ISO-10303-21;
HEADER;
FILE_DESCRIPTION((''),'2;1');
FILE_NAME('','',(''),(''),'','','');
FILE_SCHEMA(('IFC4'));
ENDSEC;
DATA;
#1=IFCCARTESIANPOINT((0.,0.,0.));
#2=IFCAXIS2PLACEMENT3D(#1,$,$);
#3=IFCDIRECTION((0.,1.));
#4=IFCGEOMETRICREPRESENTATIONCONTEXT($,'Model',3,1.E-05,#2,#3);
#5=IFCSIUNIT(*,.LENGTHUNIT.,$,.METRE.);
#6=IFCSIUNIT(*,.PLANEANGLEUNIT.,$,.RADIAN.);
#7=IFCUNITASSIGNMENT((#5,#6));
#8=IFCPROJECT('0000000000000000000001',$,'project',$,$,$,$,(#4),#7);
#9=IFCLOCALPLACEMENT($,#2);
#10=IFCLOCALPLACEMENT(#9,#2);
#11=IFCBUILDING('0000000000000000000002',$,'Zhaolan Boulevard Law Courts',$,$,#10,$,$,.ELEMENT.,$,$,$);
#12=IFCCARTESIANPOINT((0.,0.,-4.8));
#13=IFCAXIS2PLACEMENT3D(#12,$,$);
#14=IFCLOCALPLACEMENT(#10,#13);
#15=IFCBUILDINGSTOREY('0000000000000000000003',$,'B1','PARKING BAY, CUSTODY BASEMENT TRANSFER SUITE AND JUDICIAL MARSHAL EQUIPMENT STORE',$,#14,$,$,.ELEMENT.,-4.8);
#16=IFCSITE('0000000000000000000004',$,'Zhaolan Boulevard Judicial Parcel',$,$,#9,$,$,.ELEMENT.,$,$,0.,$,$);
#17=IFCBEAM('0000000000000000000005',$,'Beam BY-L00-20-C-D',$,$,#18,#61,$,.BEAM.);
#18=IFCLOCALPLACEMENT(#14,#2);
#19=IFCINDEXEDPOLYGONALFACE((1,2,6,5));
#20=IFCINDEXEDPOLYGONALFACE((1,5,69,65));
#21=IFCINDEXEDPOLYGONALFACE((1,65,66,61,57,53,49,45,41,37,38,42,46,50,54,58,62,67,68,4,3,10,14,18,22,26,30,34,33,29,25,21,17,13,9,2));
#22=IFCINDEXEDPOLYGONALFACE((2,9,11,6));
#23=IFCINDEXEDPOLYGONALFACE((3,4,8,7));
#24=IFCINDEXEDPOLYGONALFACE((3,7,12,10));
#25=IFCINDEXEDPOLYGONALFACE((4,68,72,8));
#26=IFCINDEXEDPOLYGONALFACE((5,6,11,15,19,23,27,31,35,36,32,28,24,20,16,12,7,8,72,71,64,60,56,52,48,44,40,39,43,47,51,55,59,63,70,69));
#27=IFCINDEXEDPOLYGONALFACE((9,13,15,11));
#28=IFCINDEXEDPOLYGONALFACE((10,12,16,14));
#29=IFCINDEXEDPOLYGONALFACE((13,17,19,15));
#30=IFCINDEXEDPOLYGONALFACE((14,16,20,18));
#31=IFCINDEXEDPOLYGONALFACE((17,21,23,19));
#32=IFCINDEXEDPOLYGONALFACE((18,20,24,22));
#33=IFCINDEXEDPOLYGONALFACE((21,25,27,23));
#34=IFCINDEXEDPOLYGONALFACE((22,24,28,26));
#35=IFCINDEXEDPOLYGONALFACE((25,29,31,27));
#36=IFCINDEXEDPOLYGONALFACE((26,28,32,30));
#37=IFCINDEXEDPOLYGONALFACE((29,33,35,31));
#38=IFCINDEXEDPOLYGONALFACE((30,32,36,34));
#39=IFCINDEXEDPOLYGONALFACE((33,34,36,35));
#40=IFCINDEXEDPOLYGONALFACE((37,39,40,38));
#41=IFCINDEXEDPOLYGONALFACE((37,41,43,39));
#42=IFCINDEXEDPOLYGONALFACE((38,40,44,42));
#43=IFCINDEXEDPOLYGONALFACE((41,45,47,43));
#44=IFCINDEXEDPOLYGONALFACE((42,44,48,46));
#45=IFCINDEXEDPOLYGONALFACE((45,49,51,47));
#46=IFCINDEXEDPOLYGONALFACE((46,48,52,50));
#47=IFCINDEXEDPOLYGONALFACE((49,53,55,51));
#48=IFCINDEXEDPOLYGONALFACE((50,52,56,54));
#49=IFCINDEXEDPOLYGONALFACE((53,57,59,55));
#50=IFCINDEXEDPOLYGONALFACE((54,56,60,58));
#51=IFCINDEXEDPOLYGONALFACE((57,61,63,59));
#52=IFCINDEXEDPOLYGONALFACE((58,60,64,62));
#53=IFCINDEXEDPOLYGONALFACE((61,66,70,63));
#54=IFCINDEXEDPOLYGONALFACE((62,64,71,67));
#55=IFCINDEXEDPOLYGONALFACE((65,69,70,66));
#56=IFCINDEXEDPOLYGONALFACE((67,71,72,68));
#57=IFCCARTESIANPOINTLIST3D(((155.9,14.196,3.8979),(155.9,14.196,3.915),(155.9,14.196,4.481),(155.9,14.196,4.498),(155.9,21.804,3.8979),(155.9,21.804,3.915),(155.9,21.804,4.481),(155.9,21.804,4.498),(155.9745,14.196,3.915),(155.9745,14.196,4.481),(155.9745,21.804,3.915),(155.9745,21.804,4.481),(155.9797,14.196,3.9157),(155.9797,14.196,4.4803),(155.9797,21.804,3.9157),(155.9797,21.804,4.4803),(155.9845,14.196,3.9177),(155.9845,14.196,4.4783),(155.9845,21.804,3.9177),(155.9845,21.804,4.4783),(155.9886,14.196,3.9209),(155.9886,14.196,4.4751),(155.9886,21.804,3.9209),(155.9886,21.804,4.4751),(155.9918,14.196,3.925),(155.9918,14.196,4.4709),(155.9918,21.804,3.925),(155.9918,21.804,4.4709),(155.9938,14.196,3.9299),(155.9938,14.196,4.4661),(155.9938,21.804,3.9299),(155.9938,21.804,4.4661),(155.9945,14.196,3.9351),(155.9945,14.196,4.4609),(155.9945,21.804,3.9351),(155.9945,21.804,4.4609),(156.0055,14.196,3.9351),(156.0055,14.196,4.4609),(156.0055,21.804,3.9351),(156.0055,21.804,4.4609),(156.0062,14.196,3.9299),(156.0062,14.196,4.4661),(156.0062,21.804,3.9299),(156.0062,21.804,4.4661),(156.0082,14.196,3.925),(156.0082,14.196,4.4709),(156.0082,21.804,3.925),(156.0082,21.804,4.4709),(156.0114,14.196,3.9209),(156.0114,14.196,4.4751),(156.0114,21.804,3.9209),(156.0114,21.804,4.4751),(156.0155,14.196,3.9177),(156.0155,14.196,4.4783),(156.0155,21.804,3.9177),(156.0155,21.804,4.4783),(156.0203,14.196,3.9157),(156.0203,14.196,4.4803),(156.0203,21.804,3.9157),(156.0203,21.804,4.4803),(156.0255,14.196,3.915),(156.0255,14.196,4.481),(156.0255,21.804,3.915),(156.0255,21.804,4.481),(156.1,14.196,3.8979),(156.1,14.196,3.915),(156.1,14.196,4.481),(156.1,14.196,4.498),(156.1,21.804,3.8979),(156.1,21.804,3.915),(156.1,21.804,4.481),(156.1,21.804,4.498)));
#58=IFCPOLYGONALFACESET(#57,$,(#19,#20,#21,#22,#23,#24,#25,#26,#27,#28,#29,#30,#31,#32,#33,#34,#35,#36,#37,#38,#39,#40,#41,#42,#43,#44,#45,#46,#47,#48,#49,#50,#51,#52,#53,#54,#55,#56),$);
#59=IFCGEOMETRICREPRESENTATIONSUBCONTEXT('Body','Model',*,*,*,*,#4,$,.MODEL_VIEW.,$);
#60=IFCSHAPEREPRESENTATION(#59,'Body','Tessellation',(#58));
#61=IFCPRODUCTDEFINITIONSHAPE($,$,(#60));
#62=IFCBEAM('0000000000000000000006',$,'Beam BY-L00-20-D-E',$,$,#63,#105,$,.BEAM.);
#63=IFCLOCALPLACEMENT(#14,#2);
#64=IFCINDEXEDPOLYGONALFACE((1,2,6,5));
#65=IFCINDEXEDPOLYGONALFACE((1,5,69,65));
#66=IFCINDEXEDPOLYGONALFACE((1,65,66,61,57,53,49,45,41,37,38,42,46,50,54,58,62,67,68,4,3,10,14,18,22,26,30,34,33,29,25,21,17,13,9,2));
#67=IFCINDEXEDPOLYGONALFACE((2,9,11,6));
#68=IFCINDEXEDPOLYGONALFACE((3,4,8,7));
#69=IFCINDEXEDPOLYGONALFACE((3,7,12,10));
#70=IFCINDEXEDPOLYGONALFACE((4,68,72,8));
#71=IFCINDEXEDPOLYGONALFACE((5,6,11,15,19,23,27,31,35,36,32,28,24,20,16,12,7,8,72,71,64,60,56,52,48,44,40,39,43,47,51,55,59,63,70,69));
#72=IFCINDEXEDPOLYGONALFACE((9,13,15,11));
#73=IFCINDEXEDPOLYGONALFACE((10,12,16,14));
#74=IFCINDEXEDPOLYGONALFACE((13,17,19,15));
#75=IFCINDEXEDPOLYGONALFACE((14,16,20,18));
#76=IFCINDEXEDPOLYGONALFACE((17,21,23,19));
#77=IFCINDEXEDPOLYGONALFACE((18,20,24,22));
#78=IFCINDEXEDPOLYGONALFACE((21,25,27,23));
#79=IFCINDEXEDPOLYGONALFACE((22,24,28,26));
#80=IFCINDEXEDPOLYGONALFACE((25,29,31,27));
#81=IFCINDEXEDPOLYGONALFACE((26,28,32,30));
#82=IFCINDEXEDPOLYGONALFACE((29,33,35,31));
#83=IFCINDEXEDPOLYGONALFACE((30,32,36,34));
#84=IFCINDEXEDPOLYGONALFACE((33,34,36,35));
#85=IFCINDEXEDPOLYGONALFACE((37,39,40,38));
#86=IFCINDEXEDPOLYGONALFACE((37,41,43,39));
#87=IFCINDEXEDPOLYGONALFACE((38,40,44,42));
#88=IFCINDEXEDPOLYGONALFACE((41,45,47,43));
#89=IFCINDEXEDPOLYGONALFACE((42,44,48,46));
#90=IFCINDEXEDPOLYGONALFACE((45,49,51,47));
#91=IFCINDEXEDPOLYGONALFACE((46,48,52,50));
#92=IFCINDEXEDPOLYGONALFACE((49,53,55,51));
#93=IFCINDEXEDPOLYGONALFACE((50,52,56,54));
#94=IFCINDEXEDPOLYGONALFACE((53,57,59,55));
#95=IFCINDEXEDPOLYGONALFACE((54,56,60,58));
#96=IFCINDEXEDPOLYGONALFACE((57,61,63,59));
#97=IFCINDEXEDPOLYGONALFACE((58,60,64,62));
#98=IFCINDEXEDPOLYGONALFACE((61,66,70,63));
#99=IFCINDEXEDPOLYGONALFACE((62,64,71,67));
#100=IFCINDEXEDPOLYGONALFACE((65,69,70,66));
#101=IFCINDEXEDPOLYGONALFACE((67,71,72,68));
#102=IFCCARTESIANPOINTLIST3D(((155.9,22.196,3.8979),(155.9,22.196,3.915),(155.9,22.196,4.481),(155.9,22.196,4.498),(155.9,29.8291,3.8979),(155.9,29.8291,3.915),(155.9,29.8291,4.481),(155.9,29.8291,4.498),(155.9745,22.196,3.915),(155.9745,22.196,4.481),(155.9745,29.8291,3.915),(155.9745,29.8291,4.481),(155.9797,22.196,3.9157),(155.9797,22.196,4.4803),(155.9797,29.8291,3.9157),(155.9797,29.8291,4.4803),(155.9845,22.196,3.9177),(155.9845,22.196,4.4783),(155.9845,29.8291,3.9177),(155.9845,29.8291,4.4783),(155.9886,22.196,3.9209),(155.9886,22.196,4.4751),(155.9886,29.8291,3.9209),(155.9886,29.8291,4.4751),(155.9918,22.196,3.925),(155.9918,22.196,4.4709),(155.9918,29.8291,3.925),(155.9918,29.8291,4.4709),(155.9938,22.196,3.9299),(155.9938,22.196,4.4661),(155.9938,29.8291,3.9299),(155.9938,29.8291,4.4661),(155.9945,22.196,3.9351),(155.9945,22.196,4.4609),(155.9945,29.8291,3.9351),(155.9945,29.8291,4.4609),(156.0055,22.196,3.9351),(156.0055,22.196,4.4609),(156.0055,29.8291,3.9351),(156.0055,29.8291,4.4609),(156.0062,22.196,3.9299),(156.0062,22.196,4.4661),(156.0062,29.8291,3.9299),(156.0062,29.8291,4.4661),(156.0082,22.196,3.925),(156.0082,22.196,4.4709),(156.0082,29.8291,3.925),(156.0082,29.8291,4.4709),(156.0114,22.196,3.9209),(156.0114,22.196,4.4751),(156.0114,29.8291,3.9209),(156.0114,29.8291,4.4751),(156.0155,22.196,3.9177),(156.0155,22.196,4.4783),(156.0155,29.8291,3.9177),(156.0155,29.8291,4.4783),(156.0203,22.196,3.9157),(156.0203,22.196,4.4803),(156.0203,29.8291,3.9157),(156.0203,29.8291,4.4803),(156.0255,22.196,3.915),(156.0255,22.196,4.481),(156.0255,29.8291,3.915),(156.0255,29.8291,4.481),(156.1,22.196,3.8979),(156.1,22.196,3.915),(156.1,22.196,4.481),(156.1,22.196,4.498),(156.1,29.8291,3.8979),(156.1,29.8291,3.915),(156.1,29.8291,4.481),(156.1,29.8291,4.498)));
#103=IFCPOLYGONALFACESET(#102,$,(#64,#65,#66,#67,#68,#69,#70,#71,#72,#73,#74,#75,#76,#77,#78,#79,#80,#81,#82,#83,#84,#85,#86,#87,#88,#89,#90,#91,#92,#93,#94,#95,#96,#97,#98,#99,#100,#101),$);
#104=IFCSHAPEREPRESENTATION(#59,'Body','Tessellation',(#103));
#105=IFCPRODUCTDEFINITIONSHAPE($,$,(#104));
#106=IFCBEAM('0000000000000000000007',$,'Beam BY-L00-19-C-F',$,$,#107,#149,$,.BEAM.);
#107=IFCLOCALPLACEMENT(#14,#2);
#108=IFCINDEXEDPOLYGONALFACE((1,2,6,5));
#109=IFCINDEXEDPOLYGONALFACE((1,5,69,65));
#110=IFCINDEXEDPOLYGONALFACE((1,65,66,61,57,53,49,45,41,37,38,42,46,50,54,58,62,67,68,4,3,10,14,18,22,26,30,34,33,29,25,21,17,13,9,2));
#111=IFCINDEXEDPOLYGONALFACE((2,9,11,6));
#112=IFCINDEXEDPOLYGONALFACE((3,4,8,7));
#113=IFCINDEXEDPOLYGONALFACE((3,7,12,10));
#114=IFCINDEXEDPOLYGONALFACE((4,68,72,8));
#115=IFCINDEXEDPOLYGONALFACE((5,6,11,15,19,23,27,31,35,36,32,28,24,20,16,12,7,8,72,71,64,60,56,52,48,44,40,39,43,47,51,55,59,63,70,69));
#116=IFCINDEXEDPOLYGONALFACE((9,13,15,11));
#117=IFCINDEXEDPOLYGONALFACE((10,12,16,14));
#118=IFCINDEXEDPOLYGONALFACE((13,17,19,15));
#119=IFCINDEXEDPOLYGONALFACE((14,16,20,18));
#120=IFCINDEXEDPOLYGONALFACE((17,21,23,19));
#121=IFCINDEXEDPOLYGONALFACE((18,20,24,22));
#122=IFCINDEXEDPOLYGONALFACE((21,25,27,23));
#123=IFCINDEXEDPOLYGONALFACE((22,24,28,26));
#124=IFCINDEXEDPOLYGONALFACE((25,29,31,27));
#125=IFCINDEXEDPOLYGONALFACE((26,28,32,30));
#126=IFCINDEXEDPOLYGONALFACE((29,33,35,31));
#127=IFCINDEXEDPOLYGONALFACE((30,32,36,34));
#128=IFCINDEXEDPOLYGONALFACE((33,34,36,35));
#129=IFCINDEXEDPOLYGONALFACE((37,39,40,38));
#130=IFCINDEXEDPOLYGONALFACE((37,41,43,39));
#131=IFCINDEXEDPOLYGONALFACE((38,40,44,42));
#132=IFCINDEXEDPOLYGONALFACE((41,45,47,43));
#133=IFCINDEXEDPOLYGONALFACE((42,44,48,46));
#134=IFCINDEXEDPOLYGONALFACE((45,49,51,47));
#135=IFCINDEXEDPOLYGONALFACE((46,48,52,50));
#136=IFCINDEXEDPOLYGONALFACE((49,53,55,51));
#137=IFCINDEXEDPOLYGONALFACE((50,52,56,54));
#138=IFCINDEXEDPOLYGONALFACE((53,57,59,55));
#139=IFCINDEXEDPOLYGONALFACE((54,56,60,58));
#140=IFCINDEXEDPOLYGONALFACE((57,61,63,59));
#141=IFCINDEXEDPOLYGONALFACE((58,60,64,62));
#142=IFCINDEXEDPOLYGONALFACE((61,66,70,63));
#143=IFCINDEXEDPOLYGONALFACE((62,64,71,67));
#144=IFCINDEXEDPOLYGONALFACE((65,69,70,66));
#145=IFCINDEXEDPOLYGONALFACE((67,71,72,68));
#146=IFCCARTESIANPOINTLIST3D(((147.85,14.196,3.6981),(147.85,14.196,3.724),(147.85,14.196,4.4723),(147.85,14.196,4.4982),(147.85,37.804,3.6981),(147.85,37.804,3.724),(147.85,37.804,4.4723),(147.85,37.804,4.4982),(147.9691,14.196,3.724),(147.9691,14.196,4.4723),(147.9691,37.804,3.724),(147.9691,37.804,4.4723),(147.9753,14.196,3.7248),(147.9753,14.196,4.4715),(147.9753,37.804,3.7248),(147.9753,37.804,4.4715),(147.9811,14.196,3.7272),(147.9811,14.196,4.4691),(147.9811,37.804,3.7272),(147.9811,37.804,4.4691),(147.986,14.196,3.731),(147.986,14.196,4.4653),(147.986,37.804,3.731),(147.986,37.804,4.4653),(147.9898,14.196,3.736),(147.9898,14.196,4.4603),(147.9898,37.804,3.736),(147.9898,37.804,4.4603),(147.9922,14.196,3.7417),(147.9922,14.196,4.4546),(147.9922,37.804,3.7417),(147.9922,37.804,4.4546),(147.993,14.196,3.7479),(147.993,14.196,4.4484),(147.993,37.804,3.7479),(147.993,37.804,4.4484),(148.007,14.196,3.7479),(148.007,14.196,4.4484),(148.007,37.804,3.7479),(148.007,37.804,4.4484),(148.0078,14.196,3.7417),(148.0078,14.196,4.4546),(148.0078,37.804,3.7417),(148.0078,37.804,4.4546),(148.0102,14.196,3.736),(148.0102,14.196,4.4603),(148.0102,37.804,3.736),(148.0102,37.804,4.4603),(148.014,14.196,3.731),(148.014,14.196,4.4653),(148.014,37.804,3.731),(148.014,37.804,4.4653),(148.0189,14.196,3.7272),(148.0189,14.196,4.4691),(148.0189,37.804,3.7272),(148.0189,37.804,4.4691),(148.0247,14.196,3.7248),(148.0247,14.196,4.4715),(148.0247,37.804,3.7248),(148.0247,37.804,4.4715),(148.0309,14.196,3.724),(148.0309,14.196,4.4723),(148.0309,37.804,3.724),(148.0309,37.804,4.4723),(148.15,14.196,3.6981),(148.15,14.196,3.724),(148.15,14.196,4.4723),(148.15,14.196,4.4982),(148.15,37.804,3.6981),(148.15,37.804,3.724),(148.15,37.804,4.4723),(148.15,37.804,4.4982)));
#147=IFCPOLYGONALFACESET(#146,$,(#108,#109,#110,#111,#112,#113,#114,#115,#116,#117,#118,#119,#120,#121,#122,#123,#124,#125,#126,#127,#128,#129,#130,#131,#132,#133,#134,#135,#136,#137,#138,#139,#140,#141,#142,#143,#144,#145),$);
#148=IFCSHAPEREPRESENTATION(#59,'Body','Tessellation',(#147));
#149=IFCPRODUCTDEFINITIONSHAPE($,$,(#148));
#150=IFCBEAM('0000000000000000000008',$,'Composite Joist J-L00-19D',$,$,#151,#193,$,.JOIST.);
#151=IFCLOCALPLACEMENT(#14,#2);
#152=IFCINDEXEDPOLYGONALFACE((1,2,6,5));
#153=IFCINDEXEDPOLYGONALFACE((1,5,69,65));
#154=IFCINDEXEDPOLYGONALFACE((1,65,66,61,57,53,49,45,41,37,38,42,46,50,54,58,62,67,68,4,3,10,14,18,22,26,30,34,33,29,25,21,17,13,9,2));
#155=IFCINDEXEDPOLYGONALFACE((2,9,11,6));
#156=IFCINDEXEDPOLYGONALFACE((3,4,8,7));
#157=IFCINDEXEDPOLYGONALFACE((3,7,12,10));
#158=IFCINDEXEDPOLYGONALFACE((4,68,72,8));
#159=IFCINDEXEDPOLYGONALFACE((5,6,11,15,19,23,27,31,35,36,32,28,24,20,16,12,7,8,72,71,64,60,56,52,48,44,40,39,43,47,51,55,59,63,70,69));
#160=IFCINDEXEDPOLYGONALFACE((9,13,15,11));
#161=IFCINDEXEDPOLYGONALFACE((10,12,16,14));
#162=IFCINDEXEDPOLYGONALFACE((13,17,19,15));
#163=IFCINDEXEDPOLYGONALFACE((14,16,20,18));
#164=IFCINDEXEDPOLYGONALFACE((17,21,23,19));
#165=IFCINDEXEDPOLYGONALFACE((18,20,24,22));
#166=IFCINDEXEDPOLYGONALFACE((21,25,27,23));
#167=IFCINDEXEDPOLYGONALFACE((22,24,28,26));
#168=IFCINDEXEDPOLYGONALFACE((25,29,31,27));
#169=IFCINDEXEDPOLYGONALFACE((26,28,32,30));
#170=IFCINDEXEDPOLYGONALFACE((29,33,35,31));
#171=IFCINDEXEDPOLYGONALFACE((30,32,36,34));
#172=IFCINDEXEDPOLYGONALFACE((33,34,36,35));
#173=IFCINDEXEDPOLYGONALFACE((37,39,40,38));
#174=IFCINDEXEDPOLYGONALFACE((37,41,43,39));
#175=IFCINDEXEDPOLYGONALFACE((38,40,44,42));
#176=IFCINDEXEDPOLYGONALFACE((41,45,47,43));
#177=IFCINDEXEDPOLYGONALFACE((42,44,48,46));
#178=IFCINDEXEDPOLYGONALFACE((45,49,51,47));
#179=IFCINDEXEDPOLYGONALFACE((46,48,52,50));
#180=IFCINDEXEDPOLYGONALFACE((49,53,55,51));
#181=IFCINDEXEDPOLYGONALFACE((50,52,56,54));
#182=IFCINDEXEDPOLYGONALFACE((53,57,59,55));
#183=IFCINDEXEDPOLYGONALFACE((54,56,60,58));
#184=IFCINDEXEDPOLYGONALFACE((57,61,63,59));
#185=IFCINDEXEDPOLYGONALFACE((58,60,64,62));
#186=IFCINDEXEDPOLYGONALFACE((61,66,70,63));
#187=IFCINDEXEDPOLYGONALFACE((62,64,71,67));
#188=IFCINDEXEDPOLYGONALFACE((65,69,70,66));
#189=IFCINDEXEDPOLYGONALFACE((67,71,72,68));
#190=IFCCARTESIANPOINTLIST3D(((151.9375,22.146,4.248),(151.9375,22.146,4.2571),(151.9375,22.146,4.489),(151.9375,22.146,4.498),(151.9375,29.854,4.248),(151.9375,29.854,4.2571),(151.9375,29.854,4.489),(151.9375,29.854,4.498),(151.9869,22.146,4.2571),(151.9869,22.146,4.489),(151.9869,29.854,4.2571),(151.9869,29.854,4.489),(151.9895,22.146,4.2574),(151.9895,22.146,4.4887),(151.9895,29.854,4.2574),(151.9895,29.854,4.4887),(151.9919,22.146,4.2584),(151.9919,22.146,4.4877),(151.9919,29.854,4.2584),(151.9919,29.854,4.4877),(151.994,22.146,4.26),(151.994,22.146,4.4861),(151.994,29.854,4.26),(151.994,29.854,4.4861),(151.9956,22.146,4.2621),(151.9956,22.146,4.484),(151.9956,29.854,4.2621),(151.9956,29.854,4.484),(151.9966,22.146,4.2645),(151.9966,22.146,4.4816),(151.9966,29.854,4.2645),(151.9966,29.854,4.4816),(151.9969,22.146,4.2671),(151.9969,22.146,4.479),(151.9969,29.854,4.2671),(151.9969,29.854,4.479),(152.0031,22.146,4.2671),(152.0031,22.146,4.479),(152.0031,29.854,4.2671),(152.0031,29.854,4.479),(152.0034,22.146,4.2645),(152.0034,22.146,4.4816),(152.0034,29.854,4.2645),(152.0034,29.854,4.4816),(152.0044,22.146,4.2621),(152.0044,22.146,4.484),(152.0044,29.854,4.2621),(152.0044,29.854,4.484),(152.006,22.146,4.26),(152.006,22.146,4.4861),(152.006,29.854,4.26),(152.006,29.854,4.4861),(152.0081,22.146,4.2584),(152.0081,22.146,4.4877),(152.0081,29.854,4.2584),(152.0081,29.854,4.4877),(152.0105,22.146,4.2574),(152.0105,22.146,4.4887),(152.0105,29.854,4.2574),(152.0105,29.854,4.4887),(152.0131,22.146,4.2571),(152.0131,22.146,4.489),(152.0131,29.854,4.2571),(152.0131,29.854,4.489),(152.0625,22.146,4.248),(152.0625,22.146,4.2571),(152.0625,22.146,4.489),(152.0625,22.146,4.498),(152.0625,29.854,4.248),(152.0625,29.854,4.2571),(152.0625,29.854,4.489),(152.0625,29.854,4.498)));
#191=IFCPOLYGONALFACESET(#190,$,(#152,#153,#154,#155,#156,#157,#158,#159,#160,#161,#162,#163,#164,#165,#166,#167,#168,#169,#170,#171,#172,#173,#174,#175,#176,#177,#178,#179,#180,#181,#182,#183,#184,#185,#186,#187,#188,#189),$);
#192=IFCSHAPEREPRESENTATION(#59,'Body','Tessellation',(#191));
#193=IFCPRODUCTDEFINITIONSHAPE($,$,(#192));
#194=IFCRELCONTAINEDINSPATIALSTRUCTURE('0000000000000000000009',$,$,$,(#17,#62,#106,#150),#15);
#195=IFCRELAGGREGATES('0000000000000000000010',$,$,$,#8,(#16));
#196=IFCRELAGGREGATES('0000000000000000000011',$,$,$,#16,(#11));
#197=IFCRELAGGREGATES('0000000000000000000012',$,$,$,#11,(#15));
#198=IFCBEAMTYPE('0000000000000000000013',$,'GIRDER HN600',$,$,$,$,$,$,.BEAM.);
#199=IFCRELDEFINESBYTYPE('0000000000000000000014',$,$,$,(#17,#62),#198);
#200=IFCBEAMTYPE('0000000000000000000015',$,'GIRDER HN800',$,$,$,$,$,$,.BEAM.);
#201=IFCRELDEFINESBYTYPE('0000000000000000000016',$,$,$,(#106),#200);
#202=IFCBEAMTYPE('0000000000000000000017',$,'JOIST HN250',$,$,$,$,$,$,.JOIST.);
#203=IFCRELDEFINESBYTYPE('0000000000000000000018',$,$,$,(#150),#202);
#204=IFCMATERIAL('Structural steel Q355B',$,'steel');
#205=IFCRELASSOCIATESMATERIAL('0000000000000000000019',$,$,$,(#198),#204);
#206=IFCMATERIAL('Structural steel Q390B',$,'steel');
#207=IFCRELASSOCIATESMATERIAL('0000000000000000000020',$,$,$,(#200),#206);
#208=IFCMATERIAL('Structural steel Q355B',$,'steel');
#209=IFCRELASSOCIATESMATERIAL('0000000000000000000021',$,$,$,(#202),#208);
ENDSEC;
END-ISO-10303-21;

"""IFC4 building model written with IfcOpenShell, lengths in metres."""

from ifc_helpers import new_model, si_unit, direction, frame, origin, origin_2d, place, context, subcontext, project, spatial, i_section, extrude, material, material_profile, profile_set, type_object, element, save


model = new_model("IFC4")

# Units and contexts
model_context = context("Model", 3, precision=1e-05, world=origin(), true_north=direction((0.0, 1.0)))
body_context = subcontext(model_context, "Body", "Model", "MODEL_VIEW")
ifc_project = project(units=[si_unit("LENGTHUNIT", "METRE"), si_unit("PLANEANGLEUNIT", "RADIAN")], contexts=[model_context])

# Site, building, storey
site_placement = place(None, origin())
site = spatial("IfcSite", under=ifc_project, at=site_placement, Name="Zhaolan Boulevard Judicial Parcel", CompositionType="ELEMENT", RefElevation=0.0)
building_placement = place(site_placement, origin())
building = spatial("IfcBuilding", under=site, at=building_placement, Name="Zhaolan Boulevard Law Courts", CompositionType="ELEMENT")
storey_placement = place(building_placement, frame((0.0, 0.0, -4.8)))
storey = spatial("IfcBuildingStorey", under=building, at=storey_placement, Name="B1", Description="PARKING BAY, CUSTODY BASEMENT TRANSFER SUITE AND JUDICIAL MARSHAL EQUIPMENT STORE", CompositionType="ELEMENT", Elevation=-4.8)

# Beams
ifc_material_1 = material(Name="Structural steel Q355B", Category="steel")
ifc_material_profile_1 = material_profile(ifc_material_1, i_section(OverallWidth=0.2, OverallDepth=0.6001, WebThickness=0.011, FlangeThickness=0.0171, FilletRadius=0.02, at=origin_2d()), Name="HN600x200")
ifc_profile_set_1 = profile_set([ifc_material_profile_1], Name="Structural steel Q355B")
beam_type_1 = type_object("IfcBeamType", Name="GIRDER HN600", PredefinedType="BEAM", material=ifc_profile_set_1)
beam_1_placement = place(storey_placement, frame((156.0, 14.196, 4.198), z_axis=(0.0, 1.0, 0.0), x_axis=(-1.0, 0.0, 0.0)))
element("IfcBeam", 1, at=beam_1_placement, inside=storey, type_object=beam_type_1, Name="Beam BY-L00-20-C-D", PredefinedType="BEAM", context=body_context, shape_type="SweptSolid", body=[
    extrude(i_section(OverallWidth=0.2, OverallDepth=0.6001, WebThickness=0.011, FlangeThickness=0.0171, FilletRadius=0.02, at=origin_2d()), origin(), (0.0, 0.0, 1.0), 7.6079),
])
beam_2_placement = place(storey_placement, frame((156.0, 22.196, 4.198), z_axis=(0.0, 1.0, 0.0), x_axis=(-1.0, 0.0, 0.0)))
element("IfcBeam", 2, at=beam_2_placement, inside=storey, type_object=beam_type_1, Name="Beam BY-L00-20-D-E", PredefinedType="BEAM", context=body_context, shape_type="SweptSolid", body=[
    extrude(i_section(OverallWidth=0.2, OverallDepth=0.6001, WebThickness=0.011, FlangeThickness=0.0171, FilletRadius=0.02, at=origin_2d()), origin(), (0.0, 0.0, 1.0), 7.6331),
])
ifc_material_2 = material(Name="Structural steel Q390B", Category="steel")
ifc_material_profile_2 = material_profile(ifc_material_2, i_section(OverallWidth=0.3, OverallDepth=0.8, WebThickness=0.0139, FlangeThickness=0.0259, FilletRadius=0.0239, at=origin_2d()), Name="HN800x300")
ifc_profile_set_2 = profile_set([ifc_material_profile_2], Name="Structural steel Q390B")
beam_type_2 = type_object("IfcBeamType", Name="GIRDER HN800", PredefinedType="BEAM", material=ifc_profile_set_2)
beam_3_placement = place(storey_placement, frame((148.0, 14.196, 4.0981), z_axis=(0.0, 1.0, 0.0), x_axis=(-1.0, 0.0, 0.0)))
element("IfcBeam", 3, at=beam_3_placement, inside=storey, type_object=beam_type_2, Name="Beam BY-L00-19-C-F", PredefinedType="BEAM", context=body_context, shape_type="SweptSolid", body=[
    extrude(i_section(OverallWidth=0.3, OverallDepth=0.8, WebThickness=0.0139, FlangeThickness=0.0259, FilletRadius=0.0239, at=origin_2d()), origin(), (0.0, 0.0, 1.0), 23.6079),
])
ifc_material_3 = material(Name="Structural steel Q355B", Category="steel")
ifc_material_profile_3 = material_profile(ifc_material_3, i_section(OverallWidth=0.125, OverallDepth=0.25, WebThickness=0.0061, FlangeThickness=0.009, FilletRadius=0.01, at=origin_2d()), Name="HN250x125")
ifc_profile_set_3 = profile_set([ifc_material_profile_3], Name="Structural steel Q355B")
beam_type_3 = type_object("IfcBeamType", Name="JOIST HN250", PredefinedType="JOIST", material=ifc_profile_set_3)
beam_4_placement = place(storey_placement, frame((152.0, 22.146, 4.373), z_axis=(0.0, 1.0, 0.0), x_axis=(-1.0, 0.0, 0.0)))
element("IfcBeam", 4, at=beam_4_placement, inside=storey, type_object=beam_type_3, Name="Composite Joist J-L00-19D", PredefinedType="JOIST", context=body_context, shape_type="SweptSolid", body=[
    extrude(i_section(OverallWidth=0.125, OverallDepth=0.25, WebThickness=0.0061, FlangeThickness=0.009, FilletRadius=0.01, at=origin_2d()), origin(), (0.0, 0.0, 1.0), 7.708),
])

save(model, "model.ifc")
